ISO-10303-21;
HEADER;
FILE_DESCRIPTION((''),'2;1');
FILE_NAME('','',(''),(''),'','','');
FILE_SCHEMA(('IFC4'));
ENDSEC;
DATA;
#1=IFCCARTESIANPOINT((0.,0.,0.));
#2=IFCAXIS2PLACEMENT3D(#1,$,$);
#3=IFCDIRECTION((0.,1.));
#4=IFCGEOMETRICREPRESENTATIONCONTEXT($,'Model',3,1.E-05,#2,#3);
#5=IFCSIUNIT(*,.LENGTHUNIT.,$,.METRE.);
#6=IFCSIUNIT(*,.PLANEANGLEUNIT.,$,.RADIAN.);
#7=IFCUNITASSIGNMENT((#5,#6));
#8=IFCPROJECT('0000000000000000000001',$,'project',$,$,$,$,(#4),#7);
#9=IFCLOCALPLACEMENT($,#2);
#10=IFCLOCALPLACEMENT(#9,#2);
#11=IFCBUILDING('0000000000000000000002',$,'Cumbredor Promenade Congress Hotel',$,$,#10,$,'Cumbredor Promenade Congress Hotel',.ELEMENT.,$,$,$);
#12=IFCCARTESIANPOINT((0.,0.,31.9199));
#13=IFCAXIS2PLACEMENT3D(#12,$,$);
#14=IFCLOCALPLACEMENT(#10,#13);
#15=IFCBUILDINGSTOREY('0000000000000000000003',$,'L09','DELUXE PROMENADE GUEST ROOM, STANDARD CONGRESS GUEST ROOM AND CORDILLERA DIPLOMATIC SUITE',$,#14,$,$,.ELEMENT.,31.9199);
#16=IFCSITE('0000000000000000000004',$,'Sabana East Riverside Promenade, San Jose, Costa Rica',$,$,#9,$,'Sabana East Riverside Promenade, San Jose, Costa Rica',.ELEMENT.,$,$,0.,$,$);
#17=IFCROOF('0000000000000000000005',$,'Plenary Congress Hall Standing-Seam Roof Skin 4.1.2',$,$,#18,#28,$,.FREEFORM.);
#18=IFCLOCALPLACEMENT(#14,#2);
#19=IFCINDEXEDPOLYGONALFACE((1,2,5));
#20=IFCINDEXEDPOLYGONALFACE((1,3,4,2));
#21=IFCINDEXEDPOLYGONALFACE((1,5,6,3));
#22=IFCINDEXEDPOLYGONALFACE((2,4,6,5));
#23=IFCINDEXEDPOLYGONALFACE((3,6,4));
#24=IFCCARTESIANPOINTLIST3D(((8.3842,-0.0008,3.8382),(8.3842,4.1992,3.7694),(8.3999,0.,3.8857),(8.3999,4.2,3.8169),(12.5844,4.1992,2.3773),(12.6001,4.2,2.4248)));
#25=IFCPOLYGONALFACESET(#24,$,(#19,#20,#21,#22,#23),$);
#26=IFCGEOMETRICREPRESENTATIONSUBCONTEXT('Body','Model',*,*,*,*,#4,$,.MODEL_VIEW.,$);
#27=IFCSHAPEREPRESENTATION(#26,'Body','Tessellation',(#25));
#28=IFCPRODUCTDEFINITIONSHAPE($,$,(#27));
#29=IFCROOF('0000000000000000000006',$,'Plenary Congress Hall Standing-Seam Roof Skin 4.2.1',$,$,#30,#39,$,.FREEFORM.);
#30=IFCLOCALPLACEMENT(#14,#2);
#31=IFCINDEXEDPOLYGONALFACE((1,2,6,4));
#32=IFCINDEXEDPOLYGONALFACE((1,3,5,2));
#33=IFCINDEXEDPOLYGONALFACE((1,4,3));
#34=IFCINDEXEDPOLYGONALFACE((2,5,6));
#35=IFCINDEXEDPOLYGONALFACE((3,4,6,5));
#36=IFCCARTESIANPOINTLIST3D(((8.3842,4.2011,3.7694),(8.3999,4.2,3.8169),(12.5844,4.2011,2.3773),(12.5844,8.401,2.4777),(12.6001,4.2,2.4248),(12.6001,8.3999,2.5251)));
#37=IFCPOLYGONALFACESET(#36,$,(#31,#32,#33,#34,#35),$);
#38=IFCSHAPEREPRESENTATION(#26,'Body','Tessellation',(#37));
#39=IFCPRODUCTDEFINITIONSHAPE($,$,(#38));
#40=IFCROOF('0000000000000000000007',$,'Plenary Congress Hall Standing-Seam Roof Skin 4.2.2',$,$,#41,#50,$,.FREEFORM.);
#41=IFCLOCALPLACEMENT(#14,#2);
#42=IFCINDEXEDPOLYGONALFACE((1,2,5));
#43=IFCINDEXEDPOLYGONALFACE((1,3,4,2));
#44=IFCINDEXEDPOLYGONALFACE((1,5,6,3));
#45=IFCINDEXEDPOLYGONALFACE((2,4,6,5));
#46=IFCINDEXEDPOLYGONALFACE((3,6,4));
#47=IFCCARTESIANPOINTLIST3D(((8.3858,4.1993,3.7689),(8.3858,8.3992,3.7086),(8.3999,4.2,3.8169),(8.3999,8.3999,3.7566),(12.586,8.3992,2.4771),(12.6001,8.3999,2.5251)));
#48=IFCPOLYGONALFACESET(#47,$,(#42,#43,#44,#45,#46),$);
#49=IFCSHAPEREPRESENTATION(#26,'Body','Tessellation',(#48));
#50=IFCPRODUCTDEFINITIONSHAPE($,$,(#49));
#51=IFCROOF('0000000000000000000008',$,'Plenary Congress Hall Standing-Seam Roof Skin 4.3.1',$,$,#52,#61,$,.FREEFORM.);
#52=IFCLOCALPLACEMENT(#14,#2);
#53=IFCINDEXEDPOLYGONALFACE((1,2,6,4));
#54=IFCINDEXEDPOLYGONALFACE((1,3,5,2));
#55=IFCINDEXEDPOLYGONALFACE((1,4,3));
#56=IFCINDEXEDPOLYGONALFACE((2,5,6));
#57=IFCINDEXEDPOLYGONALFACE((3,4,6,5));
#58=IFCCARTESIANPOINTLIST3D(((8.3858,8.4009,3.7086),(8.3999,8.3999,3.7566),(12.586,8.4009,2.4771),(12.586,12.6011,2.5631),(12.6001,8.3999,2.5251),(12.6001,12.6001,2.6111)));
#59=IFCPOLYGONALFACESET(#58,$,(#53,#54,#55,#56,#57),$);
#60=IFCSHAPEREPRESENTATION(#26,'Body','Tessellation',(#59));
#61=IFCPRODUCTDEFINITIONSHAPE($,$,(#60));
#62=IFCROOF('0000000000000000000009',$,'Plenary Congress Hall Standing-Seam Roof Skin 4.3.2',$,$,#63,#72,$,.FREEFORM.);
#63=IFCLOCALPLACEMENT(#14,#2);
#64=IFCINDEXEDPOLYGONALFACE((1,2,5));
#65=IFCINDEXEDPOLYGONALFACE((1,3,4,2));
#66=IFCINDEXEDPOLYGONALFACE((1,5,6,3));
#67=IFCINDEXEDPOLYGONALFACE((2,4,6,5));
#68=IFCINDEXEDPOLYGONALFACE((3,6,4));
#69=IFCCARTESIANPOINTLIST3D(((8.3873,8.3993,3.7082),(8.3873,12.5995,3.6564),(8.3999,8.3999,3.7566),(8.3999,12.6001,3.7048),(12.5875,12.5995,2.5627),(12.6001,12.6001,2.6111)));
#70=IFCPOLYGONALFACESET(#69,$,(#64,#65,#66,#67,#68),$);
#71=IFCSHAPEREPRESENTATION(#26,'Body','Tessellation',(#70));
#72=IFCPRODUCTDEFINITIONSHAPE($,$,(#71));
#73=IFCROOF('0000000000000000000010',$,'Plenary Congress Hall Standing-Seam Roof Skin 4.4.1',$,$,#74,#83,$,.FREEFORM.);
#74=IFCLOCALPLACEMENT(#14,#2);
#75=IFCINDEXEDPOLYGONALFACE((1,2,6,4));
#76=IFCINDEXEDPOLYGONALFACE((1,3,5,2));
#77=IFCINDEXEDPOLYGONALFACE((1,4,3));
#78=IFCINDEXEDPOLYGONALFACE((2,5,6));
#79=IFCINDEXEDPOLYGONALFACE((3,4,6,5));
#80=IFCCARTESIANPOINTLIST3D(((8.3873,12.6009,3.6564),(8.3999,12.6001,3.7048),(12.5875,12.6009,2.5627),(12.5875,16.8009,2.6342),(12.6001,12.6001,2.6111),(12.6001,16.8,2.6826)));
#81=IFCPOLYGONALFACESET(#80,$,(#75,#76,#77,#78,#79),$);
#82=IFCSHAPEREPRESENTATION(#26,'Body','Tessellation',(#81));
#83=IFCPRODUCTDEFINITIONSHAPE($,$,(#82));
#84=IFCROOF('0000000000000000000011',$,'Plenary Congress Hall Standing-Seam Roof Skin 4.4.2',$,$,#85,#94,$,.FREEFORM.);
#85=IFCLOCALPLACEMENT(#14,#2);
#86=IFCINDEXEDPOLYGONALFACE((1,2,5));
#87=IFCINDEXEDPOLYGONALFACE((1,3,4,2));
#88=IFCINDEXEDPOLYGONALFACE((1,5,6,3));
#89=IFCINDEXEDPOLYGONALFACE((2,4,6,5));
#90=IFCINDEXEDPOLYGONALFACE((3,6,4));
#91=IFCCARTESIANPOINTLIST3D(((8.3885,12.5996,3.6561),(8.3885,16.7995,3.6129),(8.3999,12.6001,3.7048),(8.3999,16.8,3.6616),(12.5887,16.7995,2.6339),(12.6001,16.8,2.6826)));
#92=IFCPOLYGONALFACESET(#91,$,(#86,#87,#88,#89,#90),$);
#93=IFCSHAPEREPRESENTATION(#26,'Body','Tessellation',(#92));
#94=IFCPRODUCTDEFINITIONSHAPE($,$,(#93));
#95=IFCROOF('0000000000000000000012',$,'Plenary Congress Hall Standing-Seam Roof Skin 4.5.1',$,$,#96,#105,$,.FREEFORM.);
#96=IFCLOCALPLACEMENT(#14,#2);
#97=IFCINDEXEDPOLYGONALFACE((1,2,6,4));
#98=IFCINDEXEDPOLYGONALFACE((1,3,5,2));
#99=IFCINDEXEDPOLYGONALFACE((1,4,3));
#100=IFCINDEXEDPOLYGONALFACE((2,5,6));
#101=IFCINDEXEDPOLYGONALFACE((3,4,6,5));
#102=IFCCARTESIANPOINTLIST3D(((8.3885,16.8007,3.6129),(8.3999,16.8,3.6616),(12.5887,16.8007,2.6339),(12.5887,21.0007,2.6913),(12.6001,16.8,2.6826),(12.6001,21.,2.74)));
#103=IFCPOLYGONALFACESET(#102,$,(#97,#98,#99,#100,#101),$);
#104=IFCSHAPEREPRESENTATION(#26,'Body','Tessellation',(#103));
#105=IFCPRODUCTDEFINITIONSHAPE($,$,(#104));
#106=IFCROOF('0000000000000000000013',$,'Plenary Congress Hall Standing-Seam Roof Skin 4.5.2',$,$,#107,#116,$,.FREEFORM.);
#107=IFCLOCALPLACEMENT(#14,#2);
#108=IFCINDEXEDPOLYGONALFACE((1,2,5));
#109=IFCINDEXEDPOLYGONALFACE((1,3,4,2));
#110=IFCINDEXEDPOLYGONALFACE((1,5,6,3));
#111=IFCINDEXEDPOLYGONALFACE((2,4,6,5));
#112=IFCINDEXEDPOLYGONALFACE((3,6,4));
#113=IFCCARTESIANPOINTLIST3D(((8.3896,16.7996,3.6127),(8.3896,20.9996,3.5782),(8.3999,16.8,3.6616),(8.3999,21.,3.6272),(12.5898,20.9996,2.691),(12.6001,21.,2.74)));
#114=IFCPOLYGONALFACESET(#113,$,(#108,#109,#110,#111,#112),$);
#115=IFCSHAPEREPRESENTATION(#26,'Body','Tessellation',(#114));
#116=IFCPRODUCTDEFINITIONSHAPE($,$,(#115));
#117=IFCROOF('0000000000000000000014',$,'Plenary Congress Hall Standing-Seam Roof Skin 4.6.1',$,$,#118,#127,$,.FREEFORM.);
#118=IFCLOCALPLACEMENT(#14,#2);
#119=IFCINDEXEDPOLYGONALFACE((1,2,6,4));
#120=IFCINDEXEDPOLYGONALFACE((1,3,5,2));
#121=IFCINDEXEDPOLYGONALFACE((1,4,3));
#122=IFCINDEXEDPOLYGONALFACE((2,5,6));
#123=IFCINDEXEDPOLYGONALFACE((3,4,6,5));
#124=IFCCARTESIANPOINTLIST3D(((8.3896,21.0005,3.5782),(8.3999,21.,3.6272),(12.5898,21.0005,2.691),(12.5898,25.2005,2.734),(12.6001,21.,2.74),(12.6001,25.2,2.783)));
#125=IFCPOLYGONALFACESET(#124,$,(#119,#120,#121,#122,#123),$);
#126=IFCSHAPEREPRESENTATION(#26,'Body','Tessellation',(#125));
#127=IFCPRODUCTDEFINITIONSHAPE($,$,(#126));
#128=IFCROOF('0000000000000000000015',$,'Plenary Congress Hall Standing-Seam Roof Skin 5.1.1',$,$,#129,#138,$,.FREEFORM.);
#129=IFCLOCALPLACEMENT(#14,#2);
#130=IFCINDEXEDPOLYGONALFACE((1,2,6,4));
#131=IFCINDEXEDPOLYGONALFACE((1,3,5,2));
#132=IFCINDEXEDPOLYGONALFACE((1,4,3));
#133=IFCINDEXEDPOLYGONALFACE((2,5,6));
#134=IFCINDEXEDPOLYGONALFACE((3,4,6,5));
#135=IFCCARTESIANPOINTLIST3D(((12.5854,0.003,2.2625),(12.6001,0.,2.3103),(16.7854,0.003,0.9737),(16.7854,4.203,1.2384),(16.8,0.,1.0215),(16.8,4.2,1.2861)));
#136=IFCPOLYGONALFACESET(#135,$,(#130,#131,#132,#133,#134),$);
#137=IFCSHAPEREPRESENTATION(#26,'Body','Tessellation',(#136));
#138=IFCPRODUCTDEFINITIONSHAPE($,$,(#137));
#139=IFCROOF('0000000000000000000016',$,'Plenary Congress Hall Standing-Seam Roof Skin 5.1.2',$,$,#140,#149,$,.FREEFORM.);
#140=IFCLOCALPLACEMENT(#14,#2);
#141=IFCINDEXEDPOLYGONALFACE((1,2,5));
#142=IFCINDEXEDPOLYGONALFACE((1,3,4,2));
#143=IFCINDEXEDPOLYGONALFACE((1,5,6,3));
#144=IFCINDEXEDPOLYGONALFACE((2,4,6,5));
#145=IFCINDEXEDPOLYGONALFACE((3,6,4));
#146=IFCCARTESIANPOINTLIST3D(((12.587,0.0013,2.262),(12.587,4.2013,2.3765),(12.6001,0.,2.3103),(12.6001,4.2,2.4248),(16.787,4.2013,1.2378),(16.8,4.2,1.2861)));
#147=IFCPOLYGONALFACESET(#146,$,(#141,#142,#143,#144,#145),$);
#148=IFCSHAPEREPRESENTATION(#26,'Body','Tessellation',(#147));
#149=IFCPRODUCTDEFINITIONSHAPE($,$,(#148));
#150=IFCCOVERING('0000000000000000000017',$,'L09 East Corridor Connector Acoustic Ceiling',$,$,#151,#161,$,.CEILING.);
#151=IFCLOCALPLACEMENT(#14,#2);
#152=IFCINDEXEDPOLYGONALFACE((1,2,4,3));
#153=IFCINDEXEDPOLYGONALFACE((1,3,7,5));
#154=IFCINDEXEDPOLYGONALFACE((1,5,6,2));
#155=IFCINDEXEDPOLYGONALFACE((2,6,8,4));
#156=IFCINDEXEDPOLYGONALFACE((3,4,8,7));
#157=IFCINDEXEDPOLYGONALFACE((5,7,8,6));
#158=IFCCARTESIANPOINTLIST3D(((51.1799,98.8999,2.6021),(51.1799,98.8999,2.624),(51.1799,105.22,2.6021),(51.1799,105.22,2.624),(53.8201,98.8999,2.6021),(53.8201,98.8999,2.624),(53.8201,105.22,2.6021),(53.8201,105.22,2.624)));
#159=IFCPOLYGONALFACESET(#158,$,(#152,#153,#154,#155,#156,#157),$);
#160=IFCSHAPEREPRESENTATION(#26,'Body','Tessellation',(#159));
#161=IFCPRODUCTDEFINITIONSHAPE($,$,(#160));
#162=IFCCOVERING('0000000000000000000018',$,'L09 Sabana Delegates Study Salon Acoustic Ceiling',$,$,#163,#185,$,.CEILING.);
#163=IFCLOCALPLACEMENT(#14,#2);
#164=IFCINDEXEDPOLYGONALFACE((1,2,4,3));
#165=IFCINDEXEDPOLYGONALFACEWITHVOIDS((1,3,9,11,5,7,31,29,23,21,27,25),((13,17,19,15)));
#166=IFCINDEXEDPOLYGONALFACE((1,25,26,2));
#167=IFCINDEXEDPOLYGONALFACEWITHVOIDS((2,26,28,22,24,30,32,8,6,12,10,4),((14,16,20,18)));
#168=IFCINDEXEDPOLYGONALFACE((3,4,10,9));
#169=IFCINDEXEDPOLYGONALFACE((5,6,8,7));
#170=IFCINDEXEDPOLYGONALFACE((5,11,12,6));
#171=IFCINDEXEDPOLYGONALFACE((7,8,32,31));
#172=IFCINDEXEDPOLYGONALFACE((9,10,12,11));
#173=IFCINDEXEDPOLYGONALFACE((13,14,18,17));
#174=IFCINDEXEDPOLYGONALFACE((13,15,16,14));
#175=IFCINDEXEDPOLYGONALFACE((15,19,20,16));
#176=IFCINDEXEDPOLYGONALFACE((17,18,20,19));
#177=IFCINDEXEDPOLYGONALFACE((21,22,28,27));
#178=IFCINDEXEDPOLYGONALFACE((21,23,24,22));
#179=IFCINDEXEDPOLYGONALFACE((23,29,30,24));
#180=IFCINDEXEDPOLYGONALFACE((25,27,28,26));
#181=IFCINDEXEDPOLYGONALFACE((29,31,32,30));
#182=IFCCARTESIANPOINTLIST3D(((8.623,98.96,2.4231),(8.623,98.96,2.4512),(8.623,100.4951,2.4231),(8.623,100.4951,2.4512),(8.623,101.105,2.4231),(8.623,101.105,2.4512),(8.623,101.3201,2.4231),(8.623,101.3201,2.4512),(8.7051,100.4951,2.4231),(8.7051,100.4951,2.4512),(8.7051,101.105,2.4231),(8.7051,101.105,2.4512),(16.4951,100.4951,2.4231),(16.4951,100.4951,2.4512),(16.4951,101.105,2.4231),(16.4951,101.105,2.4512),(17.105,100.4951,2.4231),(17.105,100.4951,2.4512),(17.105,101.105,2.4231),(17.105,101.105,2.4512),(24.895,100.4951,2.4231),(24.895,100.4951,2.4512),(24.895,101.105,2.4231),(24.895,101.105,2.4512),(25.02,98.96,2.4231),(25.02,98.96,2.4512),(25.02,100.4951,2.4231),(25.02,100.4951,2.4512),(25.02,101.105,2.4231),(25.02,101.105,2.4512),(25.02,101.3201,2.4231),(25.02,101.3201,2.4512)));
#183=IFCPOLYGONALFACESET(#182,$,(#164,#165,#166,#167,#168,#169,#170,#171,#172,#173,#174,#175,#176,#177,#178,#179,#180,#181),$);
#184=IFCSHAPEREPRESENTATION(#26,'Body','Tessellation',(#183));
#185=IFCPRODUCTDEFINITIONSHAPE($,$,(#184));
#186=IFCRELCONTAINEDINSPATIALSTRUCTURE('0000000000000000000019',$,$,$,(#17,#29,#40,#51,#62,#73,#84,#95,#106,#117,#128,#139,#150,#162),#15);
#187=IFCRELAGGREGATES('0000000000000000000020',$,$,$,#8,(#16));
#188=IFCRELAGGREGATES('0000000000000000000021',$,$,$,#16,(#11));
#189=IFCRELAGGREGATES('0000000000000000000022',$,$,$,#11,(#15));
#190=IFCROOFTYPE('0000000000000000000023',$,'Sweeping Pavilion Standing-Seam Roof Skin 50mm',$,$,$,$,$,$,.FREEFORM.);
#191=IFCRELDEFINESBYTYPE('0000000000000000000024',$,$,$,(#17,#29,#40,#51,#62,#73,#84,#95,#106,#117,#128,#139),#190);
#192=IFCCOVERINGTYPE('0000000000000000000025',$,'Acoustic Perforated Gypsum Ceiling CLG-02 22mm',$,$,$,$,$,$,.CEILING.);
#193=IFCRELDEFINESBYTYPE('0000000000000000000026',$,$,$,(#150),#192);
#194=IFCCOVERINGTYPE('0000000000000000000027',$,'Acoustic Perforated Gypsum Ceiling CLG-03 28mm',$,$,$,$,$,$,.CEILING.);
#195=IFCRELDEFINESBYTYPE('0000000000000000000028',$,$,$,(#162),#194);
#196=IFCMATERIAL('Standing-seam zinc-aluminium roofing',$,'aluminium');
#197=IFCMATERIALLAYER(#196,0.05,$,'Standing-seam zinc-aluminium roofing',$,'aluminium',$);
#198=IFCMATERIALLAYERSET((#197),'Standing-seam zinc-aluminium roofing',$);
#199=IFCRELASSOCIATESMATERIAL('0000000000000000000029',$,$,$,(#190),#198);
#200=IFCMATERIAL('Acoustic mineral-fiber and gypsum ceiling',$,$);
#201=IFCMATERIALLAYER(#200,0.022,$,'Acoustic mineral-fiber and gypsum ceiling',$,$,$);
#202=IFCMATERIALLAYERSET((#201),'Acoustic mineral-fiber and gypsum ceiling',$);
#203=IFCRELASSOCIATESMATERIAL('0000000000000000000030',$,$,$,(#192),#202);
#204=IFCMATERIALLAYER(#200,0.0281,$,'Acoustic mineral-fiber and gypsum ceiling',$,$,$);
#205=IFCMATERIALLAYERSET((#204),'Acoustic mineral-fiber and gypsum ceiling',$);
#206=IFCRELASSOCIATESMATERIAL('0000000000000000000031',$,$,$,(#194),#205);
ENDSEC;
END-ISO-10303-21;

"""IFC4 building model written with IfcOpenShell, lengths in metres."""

from ifc_helpers import new_model, si_unit, direction, frame, origin, place, context, subcontext, project, spatial, polyline, outline, extrude, material, layer, layer_set, type_object, element, save


model = new_model("IFC4")

# Units and contexts
model_context = context("Model", 3, precision=1e-05, world=origin(), true_north=direction((0.0, 1.0)))
body_context = subcontext(model_context, "Body", "Model", "MODEL_VIEW")
ifc_project = project(units=[si_unit("LENGTHUNIT", "METRE"), si_unit("PLANEANGLEUNIT", "RADIAN")], contexts=[model_context])

# Site, building, storey
site_placement = place(None, origin())
site = spatial("IfcSite", under=ifc_project, at=site_placement, Name="Sabana East Riverside Promenade, San Jose, Costa Rica", LongName="Sabana East Riverside Promenade, San Jose, Costa Rica", CompositionType="ELEMENT", RefElevation=0.0)
building_placement = place(site_placement, origin())
building = spatial("IfcBuilding", under=site, at=building_placement, Name="Cumbredor Promenade Congress Hotel", LongName="Cumbredor Promenade Congress Hotel", CompositionType="ELEMENT")
storey_placement = place(building_placement, frame((0.0, 0.0, 31.9199)))
storey = spatial("IfcBuildingStorey", under=building, at=storey_placement, Name="L09", Description="DELUXE PROMENADE GUEST ROOM, STANDARD CONGRESS GUEST ROOM AND CORDILLERA DIPLOMATIC SUITE", CompositionType="ELEMENT", Elevation=31.9199)

# Roofs
ifc_material_1 = material(Name="Standing-seam zinc-aluminium roofing", Category="aluminium")
ifc_layer_1 = layer(ifc_material_1, 0.05, Name="Standing-seam zinc-aluminium roofing", Category="aluminium")
ifc_layer_set_1 = layer_set([ifc_layer_1], Name="Standing-seam zinc-aluminium roofing")
roof_type = type_object("IfcRoofType", Name="Sweeping Pavilion Standing-Seam Roof Skin 50mm", PredefinedType="FREEFORM", material=ifc_layer_set_1)
roof_1_placement = place(storey_placement, frame((8.3999, 0.0, 3.8857), z_axis=(0.314567, 0.015558, 0.949108), x_axis=(0.686662, 0.686623, -0.238839)))
element("IfcRoof", 1, at=roof_1_placement, inside=storey, type_object=roof_type, Name="Plenary Congress Hall Standing-Seam Roof Skin 4.1.2", PredefinedType="FREEFORM", context=body_context, shape_type="SweptSolid", body=[
    extrude(outline(polyline([(0.0, 0.0), (6.1168, 0.0), (2.9002, 3.0386), (0.0, 0.0)])), origin(), (0.0, 0.0, -1.0), 0.05),
])
roof_2_placement = place(storey_placement, frame((8.3999, 4.2, 3.8169), z_axis=(0.314524, -0.022672, 0.948979), x_axis=(0.949223, 0.0, -0.314605)))
element("IfcRoof", 2, at=roof_2_placement, inside=storey, type_object=roof_type, Name="Plenary Congress Hall Standing-Seam Roof Skin 4.2.1", PredefinedType="FREEFORM", context=body_context, shape_type="SweptSolid", body=[
    extrude(outline(polyline([(0.0, 0.0), (4.4249, 0.0), (4.3933, 4.201), (0.0, 0.0)])), origin(), (0.0, 0.0, -1.0), 0.05),
])
roof_3_placement = place(storey_placement, frame((8.3999, 4.2, 3.8169), z_axis=(0.281318, 0.013777, 0.959516), x_axis=(0.690976, 0.690936, -0.212506)))
element("IfcRoof", 3, at=roof_3_placement, inside=storey, type_object=roof_type, Name="Plenary Congress Hall Standing-Seam Roof Skin 4.2.2", PredefinedType="FREEFORM", context=body_context, shape_type="SweptSolid", body=[
    extrude(outline(polyline([(0.0, 0.0), (6.0786, 0.0), (2.9147, 3.0245), (0.0, 0.0)])), origin(), (0.0, 0.0, -1.0), 0.05),
])
roof_4_placement = place(storey_placement, frame((8.3999, 8.3999, 3.7566), z_axis=(0.281291, -0.01963, 0.959422), x_axis=(0.959607, 0.0, -0.281345)))
element("IfcRoof", 4, at=roof_4_placement, inside=storey, type_object=roof_type, Name="Plenary Congress Hall Standing-Seam Roof Skin 4.3.1", PredefinedType="FREEFORM", context=body_context, shape_type="SweptSolid", body=[
    extrude(outline(polyline([(0.0, 0.0), (4.377, 0.0), (4.3528, 4.201), (0.0, 0.0)])), origin(), (0.0, 0.0, -1.0), 0.05),
])
roof_5_placement = place(storey_placement, frame((8.3999, 8.3999, 3.7566), z_axis=(0.251983, 0.011924, 0.967658), x_axis=(0.694314, 0.694314, -0.189358)))
element("IfcRoof", 5, at=roof_5_placement, inside=storey, type_object=roof_type, Name="Plenary Congress Hall Standing-Seam Roof Skin 4.3.2", PredefinedType="FREEFORM", context=body_context, shape_type="SweptSolid", body=[
    extrude(outline(polyline([(0.0, 0.0), (6.0494, 0.0), (2.9261, 3.0137), (0.0, 0.0)])), origin(), (0.0, 0.0, -1.0), 0.05),
])
roof_6_placement = place(storey_placement, frame((8.3999, 12.6001, 3.7048), z_axis=(0.251966, -0.01648, 0.967596), x_axis=(0.967727, 0.0, -0.252001)))
element("IfcRoof", 6, at=roof_6_placement, inside=storey, type_object=roof_type, Name="Plenary Congress Hall Standing-Seam Roof Skin 4.4.1", PredefinedType="FREEFORM", context=body_context, shape_type="SweptSolid", body=[
    extrude(outline(polyline([(0.0, 0.0), (4.3403, 0.0), (4.3222, 4.2005), (0.0, 0.0)])), origin(), (0.0, 0.0, -1.0), 0.05),
])
roof_7_placement = place(storey_placement, frame((8.3999, 12.6001, 3.7048), z_axis=(0.226989, 0.01002, 0.973846), x_axis=(0.696883, 0.696842, -0.169603)))
element("IfcRoof", 7, at=roof_7_placement, inside=storey, type_object=roof_type, Name="Plenary Congress Hall Standing-Seam Roof Skin 4.4.2", PredefinedType="FREEFORM", context=body_context, shape_type="SweptSolid", body=[
    extrude(outline(polyline([(0.0, 0.0), (6.0271, 0.0), (2.934, 3.0055), (0.0, 0.0)])), origin(), (0.0, 0.0, -1.0), 0.05),
])
roof_8_placement = place(storey_placement, frame((8.3999, 16.8, 3.6616), z_axis=(0.22698, -0.013303, 0.973808), x_axis=(0.973895, 0.0, -0.227001)))
element("IfcRoof", 8, at=roof_8_placement, inside=storey, type_object=roof_type, Name="Plenary Congress Hall Standing-Seam Roof Skin 4.5.1", PredefinedType="FREEFORM", context=body_context, shape_type="SweptSolid", body=[
    extrude(outline(polyline([(0.0, 0.0), (4.3128, 0.0), (4.2998, 4.2003), (0.0, 0.0)])), origin(), (0.0, 0.0, -1.0), 0.05),
])
roof_9_placement = place(storey_placement, frame((8.3999, 16.8, 3.6616), z_axis=(0.206663, 0.008019, 0.978379), x_axis=(0.698766, 0.698725, -0.153327)))
element("IfcRoof", 9, at=roof_9_placement, inside=storey, type_object=roof_type, Name="Plenary Congress Hall Standing-Seam Roof Skin 4.5.2", PredefinedType="FREEFORM", context=body_context, shape_type="SweptSolid", body=[
    extrude(outline(polyline([(0.0, 0.0), (6.0109, 0.0), (2.9399, 2.9996), (0.0, 0.0)])), origin(), (0.0, 0.0, -1.0), 0.05),
])
roof_10_placement = place(storey_placement, frame((8.3999, 21.0, 3.6272), z_axis=(0.206659, -0.010009, 0.978362), x_axis=(0.978411, 0.0, -0.20667)))
element("IfcRoof", 10, at=roof_10_placement, inside=storey, type_object=roof_type, Name="Plenary Congress Hall Standing-Seam Roof Skin 4.6.1", PredefinedType="FREEFORM", context=body_context, shape_type="SweptSolid", body=[
    extrude(outline(polyline([(0.0, 0.0), (4.2929, 0.0), (4.284, 4.2002), (0.0, 0.0)])), origin(), (0.0, 0.0, -1.0), 0.05),
])
roof_11_placement = place(storey_placement, frame((12.6001, 0.0, 2.3103), z_axis=(0.292832, -0.060131, 0.954271), x_axis=(0.956001, 0.0, -0.293363)))
element("IfcRoof", 11, at=roof_11_placement, inside=storey, type_object=roof_type, Name="Plenary Congress Hall Standing-Seam Roof Skin 5.1.1", PredefinedType="FREEFORM", context=body_context, shape_type="SweptSolid", body=[
    extrude(outline(polyline([(0.0, 0.0), (4.3932, 0.0), (4.3156, 4.2076), (0.0, 0.0)])), origin(), (0.0, 0.0, -1.0), 0.05),
])
roof_12_placement = place(storey_placement, frame((12.6001, 0.0, 2.3103), z_axis=(0.261579, -0.026304, 0.964824), x_axis=(0.696824, 0.696824, -0.169922)))
element("IfcRoof", 12, at=roof_12_placement, inside=storey, type_object=roof_type, Name="Plenary Congress Hall Standing-Seam Roof Skin 5.1.2", PredefinedType="FREEFORM", context=body_context, shape_type="SweptSolid", body=[
    extrude(outline(polyline([(0.0, 0.0), (6.0273, 0.0), (2.9072, 3.0333), (0.0, 0.0)])), origin(), (0.0, 0.0, -1.0), 0.05),
])

# Coverings
ifc_material_2 = material(Name="Acoustic mineral-fiber and gypsum ceiling")
ifc_layer_2 = layer(ifc_material_2, 0.022, Name="Acoustic mineral-fiber and gypsum ceiling")
ifc_layer_set_2 = layer_set([ifc_layer_2], Name="Acoustic mineral-fiber and gypsum ceiling")
covering_type_1 = type_object("IfcCoveringType", Name="Acoustic Perforated Gypsum Ceiling CLG-02 22mm", PredefinedType="CEILING", material=ifc_layer_set_2)
covering_1_placement = place(storey_placement, frame((0.0, 0.0, 2.6021)))
element("IfcCovering", 13, at=covering_1_placement, inside=storey, type_object=covering_type_1, Name="L09 East Corridor Connector Acoustic Ceiling", PredefinedType="CEILING", context=body_context, shape_type="SweptSolid", body=[
    extrude(outline(polyline([(53.8201, 98.8999), (53.8201, 105.22), (51.1799, 105.22), (51.1799, 98.8999), (53.8201, 98.8999)])), origin(), (0.0, 0.0, 1.0), 0.022),
])
ifc_layer_3 = layer(ifc_material_2, 0.0281, Name="Acoustic mineral-fiber and gypsum ceiling")
ifc_layer_set_3 = layer_set([ifc_layer_3], Name="Acoustic mineral-fiber and gypsum ceiling")
covering_type_2 = type_object("IfcCoveringType", Name="Acoustic Perforated Gypsum Ceiling CLG-03 28mm", PredefinedType="CEILING", material=ifc_layer_set_3)
covering_2_placement = place(storey_placement, frame((0.0, 0.0, 2.4231)))
element("IfcCovering", 14, at=covering_2_placement, inside=storey, type_object=covering_type_2, Name="L09 Sabana Delegates Study Salon Acoustic Ceiling", PredefinedType="CEILING", context=body_context, shape_type="SweptSolid", body=[
    extrude(outline(polyline([(25.02, 101.105), (24.895, 101.105), (24.895, 100.4951), (25.02, 100.4951), (25.02, 98.96), (8.623, 98.96), (8.623, 100.4951), (8.7051, 100.4951), (8.7051, 101.105), (8.623, 101.105), (8.623, 101.3201), (25.02, 101.3201), (25.02, 101.105)]), holes=[polyline([(16.4951, 101.105), (16.4951, 100.4951), (17.105, 100.4951), (17.105, 101.105), (16.4951, 101.105)])]), origin(), (0.0, 0.0, 1.0), 0.0281),
])

save(model, "model.ifc")
